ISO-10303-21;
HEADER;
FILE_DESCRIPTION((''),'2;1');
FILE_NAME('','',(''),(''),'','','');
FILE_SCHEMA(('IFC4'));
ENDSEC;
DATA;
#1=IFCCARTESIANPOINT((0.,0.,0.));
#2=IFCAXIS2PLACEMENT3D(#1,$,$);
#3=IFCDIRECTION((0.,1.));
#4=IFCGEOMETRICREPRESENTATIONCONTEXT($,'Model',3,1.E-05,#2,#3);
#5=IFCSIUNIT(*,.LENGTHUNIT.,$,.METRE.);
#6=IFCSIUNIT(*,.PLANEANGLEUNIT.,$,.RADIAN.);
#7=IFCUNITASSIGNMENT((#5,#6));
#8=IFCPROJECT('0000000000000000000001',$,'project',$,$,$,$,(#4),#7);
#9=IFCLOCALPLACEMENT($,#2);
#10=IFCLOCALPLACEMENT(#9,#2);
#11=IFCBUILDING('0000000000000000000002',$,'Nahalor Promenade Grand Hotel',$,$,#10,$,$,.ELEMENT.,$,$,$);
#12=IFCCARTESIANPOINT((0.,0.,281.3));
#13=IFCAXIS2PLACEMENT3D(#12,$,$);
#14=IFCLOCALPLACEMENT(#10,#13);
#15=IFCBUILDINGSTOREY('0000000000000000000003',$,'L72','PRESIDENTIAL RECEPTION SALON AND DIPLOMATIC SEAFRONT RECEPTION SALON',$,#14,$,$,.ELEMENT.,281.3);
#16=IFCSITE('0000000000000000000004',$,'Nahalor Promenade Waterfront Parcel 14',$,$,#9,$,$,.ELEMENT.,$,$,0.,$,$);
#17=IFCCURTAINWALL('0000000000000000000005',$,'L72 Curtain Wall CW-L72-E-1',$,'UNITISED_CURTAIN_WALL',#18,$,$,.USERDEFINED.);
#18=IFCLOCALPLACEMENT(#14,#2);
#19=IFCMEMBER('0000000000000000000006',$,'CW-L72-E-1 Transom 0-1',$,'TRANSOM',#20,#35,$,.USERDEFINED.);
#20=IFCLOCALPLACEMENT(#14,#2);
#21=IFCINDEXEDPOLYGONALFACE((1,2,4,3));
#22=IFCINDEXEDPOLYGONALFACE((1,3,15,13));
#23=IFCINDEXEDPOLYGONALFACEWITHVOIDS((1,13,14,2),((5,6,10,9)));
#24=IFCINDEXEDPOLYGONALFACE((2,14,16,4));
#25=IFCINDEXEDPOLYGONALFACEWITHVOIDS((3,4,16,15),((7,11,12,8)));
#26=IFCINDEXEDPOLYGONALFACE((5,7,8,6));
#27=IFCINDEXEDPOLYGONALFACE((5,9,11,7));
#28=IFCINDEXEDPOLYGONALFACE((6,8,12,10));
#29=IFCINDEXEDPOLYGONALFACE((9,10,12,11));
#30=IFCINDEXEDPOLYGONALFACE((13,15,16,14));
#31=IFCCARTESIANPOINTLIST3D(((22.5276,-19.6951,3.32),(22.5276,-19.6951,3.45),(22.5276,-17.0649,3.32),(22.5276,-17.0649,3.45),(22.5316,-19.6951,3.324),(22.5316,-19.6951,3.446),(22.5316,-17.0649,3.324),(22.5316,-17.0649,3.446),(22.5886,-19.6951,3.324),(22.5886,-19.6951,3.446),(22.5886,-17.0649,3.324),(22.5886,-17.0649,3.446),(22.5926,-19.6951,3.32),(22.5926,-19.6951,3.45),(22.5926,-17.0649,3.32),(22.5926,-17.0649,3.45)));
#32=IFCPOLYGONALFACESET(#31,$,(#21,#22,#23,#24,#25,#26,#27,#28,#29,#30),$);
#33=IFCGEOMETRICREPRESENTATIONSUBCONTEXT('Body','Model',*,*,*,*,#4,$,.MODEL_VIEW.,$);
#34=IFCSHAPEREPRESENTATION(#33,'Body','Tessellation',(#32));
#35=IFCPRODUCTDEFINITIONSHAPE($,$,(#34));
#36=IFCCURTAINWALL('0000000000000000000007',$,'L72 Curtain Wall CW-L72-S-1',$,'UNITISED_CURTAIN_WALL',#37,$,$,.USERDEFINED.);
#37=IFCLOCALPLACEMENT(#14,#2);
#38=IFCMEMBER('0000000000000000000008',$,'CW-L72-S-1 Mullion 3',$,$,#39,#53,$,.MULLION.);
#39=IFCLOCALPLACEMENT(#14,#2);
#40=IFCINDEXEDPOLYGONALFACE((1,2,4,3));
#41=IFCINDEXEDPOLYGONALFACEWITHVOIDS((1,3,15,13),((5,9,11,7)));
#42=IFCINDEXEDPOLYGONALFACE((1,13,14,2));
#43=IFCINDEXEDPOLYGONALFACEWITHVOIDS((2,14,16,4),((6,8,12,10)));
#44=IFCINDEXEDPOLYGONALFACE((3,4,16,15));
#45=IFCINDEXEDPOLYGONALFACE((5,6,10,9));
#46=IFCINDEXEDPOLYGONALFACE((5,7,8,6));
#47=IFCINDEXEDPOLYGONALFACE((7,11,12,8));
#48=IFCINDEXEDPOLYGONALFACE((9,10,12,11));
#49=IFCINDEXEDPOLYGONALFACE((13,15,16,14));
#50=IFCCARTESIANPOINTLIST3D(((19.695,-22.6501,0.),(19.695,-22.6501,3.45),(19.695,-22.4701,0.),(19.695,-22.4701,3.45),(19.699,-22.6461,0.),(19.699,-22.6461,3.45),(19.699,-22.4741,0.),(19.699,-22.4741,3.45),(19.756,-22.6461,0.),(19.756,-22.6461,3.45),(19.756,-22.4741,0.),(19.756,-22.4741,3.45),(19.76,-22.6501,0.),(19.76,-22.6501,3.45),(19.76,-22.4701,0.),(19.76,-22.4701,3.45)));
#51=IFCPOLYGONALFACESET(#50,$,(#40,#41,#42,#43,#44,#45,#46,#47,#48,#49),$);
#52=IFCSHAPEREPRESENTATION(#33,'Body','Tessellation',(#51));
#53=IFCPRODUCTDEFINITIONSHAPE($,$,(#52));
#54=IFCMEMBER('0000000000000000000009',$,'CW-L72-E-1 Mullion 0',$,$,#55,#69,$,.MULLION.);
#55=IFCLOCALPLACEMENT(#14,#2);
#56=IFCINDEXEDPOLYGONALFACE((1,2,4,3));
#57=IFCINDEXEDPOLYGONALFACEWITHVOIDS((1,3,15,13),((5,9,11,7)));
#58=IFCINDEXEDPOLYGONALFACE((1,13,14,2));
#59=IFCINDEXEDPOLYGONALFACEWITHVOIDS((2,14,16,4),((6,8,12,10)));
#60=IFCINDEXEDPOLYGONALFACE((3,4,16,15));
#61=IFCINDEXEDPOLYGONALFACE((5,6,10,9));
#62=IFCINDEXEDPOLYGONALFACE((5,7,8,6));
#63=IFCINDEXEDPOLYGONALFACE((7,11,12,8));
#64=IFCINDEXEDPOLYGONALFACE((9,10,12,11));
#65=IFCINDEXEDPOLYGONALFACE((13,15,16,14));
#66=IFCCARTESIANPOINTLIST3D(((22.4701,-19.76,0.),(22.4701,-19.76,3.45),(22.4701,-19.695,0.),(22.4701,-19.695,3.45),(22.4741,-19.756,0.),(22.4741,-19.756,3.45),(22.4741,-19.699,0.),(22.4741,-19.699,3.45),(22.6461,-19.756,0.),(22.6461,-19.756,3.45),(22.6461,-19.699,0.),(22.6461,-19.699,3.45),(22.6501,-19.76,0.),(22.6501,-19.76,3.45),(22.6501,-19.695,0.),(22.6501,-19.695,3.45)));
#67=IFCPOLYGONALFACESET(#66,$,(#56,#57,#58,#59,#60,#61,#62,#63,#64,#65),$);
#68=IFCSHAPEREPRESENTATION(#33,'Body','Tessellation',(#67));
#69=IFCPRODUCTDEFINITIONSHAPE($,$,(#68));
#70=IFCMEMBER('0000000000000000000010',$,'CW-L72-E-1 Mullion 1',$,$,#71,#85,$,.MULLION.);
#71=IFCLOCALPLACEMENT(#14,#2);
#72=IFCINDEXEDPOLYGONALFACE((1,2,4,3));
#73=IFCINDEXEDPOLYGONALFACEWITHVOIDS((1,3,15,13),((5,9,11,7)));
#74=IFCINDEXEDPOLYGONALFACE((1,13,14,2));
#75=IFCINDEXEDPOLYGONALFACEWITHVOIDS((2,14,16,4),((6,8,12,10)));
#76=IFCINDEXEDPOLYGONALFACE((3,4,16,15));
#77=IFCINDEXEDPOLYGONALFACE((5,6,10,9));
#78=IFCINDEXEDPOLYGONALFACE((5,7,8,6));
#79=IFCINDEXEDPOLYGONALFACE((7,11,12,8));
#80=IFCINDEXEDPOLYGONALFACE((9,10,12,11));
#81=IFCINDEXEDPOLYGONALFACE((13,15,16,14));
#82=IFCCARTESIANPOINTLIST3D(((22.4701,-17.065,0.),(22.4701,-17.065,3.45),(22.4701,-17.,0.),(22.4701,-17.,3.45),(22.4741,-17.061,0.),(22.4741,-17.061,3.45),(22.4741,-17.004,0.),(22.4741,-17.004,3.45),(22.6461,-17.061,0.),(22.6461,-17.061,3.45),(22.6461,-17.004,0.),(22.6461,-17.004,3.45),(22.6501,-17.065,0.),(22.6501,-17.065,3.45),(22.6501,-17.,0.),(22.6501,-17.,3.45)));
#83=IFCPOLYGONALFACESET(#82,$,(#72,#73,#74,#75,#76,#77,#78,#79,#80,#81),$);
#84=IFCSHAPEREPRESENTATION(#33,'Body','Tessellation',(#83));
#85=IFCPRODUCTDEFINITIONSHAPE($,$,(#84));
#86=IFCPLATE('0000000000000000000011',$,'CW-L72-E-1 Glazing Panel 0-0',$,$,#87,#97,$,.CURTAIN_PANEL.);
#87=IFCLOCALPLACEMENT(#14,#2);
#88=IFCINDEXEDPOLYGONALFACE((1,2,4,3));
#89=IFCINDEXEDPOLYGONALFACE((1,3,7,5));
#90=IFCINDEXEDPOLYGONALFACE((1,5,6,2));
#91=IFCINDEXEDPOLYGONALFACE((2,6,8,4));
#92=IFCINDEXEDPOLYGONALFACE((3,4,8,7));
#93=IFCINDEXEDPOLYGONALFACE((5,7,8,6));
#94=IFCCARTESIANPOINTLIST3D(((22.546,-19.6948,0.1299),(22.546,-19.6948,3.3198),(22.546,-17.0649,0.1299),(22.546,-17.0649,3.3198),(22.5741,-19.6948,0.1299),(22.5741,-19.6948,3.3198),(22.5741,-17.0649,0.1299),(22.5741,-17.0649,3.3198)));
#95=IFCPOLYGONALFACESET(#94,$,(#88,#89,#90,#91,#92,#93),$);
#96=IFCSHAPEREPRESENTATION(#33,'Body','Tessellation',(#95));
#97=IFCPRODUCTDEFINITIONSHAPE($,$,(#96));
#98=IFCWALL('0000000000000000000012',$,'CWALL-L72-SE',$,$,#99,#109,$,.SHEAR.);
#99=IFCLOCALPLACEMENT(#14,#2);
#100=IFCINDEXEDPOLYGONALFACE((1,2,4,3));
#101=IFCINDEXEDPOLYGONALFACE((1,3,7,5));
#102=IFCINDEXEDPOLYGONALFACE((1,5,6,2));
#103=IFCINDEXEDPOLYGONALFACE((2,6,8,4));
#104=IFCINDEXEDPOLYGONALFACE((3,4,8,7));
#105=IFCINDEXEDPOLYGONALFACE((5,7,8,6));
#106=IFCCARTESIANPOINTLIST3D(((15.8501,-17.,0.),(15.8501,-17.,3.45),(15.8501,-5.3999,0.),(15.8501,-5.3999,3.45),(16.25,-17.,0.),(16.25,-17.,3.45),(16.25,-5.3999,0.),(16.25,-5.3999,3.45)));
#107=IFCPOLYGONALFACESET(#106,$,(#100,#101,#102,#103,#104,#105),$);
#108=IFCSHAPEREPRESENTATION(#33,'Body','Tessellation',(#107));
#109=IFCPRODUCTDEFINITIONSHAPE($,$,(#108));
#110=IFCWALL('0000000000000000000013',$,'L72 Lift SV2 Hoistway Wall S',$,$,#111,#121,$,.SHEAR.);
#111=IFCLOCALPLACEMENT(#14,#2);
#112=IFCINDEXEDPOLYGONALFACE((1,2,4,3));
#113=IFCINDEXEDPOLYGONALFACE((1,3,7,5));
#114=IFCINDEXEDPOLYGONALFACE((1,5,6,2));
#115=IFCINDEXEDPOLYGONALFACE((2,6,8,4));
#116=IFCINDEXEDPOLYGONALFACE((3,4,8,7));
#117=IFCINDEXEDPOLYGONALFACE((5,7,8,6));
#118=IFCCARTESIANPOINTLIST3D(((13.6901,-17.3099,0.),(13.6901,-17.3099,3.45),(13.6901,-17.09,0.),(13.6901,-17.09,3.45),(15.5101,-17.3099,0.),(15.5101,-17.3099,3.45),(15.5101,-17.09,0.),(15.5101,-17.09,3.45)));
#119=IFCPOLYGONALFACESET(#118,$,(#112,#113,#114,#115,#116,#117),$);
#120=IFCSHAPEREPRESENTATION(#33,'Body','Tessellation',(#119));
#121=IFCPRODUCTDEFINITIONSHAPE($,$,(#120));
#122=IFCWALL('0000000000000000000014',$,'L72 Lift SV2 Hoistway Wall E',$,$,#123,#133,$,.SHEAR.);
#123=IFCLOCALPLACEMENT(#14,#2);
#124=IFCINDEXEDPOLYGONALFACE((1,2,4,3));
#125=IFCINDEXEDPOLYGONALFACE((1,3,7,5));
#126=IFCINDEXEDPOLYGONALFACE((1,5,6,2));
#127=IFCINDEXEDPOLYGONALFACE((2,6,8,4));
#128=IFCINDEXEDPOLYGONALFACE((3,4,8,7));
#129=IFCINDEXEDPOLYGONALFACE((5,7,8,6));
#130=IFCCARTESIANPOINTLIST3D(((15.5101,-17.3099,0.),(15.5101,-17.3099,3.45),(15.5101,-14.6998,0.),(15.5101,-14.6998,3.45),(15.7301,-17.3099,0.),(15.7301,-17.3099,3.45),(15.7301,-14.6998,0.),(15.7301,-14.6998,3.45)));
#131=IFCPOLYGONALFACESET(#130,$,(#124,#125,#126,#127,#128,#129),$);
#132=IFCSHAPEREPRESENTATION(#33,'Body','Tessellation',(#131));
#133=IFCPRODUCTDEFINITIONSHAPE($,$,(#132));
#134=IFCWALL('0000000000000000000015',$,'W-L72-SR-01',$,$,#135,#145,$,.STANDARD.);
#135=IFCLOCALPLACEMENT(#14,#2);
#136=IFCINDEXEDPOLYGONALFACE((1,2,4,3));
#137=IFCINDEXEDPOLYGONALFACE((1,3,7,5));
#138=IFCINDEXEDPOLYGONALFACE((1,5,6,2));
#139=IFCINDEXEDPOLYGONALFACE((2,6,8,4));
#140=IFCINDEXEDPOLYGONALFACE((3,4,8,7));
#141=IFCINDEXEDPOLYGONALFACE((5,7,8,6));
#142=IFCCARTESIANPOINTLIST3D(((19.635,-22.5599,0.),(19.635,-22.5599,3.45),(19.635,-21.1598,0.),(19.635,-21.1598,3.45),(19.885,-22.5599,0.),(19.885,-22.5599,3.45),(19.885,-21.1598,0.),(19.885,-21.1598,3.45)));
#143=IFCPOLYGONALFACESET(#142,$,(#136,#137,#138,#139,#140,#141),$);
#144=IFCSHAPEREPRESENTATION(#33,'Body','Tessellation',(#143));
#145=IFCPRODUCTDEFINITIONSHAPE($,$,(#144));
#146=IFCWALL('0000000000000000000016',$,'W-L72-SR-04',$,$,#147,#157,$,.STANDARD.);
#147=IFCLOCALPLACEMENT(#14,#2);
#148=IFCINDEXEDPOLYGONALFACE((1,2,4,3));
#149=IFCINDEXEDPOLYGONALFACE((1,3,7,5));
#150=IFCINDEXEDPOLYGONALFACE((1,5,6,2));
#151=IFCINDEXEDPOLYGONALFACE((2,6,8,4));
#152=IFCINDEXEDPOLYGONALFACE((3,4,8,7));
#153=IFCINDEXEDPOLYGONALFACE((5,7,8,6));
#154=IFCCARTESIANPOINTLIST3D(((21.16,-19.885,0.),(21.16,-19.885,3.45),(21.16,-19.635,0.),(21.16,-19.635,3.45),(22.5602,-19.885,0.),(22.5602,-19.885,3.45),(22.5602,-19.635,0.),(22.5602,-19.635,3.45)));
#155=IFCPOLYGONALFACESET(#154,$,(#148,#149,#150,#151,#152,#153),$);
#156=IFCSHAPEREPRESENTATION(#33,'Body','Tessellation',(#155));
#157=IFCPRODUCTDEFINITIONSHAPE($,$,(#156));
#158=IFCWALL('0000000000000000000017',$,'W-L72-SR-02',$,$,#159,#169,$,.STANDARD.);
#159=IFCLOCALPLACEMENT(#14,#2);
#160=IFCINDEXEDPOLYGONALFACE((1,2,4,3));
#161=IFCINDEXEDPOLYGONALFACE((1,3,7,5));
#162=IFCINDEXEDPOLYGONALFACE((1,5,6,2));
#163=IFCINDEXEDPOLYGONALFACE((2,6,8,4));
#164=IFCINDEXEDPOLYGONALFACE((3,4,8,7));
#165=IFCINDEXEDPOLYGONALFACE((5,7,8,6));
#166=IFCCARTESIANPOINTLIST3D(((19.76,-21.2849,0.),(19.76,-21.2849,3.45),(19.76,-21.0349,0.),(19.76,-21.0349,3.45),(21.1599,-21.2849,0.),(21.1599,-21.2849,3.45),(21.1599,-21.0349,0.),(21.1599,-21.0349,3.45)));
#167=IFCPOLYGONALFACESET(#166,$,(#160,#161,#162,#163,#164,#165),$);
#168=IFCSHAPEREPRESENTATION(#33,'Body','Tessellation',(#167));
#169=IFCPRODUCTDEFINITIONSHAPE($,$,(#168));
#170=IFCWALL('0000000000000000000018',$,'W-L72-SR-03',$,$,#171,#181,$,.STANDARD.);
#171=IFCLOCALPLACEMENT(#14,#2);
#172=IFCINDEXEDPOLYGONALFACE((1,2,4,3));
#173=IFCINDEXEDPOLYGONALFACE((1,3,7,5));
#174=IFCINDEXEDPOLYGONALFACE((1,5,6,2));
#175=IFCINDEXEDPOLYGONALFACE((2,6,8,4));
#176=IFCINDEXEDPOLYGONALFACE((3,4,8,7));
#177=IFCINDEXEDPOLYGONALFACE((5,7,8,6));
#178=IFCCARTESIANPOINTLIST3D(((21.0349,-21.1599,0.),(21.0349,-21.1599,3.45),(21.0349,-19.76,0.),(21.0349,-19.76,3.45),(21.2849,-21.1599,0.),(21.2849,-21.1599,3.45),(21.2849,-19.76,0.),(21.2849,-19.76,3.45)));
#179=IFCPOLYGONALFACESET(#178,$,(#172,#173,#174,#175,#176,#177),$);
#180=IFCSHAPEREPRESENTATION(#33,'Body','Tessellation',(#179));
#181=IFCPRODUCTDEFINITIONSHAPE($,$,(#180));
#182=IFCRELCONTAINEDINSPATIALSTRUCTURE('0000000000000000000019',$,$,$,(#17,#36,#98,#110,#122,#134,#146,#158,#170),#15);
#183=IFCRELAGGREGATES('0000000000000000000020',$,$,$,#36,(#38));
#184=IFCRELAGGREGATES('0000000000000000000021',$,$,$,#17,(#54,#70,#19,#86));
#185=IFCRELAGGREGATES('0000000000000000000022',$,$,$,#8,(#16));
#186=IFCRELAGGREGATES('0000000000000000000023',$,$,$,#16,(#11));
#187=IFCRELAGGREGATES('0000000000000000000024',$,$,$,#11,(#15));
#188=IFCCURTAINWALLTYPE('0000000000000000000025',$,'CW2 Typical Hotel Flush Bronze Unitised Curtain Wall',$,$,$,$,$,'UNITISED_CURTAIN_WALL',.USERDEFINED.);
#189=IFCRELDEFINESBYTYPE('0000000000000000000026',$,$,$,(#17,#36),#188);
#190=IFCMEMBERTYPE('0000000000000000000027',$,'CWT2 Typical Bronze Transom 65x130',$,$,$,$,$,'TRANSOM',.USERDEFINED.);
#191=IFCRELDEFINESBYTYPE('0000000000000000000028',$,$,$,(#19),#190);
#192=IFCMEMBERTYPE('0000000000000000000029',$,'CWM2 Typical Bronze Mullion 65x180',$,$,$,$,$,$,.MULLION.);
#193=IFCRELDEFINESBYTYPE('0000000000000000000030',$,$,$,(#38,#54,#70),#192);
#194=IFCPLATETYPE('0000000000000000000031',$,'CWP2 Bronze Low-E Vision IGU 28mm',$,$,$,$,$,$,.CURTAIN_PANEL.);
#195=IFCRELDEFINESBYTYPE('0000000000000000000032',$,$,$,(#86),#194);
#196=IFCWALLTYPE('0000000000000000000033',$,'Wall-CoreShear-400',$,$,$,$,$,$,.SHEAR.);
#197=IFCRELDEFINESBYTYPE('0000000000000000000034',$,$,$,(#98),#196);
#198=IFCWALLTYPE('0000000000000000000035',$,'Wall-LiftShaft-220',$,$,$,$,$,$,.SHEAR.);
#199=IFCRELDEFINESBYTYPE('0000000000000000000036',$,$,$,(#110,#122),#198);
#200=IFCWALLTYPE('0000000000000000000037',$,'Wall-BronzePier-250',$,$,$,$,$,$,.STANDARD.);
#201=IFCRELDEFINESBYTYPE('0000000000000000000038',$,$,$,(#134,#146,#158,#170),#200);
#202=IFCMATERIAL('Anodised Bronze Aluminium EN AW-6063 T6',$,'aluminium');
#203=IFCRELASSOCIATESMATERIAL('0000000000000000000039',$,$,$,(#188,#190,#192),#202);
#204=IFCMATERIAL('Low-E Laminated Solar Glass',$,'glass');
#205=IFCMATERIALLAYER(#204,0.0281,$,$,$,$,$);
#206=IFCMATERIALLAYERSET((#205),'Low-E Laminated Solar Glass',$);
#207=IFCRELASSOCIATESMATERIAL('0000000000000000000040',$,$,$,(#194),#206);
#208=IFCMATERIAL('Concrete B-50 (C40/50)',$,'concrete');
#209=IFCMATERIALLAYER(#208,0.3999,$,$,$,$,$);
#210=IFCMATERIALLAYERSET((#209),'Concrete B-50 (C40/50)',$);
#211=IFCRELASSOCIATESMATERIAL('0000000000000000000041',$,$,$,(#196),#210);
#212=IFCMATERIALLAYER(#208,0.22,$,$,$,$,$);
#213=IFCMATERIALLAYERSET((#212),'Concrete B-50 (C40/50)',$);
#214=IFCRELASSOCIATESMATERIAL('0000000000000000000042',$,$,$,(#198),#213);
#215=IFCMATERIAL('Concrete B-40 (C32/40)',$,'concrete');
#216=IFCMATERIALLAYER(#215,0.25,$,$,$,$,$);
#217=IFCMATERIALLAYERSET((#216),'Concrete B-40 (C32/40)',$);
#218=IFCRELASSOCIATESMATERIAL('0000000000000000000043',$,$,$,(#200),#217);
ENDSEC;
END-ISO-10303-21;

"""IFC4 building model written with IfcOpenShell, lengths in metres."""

from ifc_helpers import new_model, si_unit, direction, frame, frame_2d, origin, origin_2d, place, context, subcontext, project, spatial, rectangle, hollow_rectangle, extrude, source, transform, mapped, material, layer, layer_set, material_profile, profile_set, type_object, element, aggregate, save


model = new_model("IFC4")

# Units and contexts
model_context = context("Model", 3, precision=1e-05, world=origin(), true_north=direction((0.0, 1.0)))
body_context = subcontext(model_context, "Body", "Model", "MODEL_VIEW")
ifc_project = project(units=[si_unit("LENGTHUNIT", "METRE"), si_unit("PLANEANGLEUNIT", "RADIAN")], contexts=[model_context])

# Site, building, storey
site_placement = place(None, origin())
site = spatial("IfcSite", under=ifc_project, at=site_placement, Name="Nahalor Promenade Waterfront Parcel 14", CompositionType="ELEMENT", RefElevation=0.0)
building_placement = place(site_placement, origin())
building = spatial("IfcBuilding", under=site, at=building_placement, Name="Nahalor Promenade Grand Hotel", CompositionType="ELEMENT")
storey_placement = place(building_placement, frame((0.0, 0.0, 281.3)))
storey = spatial("IfcBuildingStorey", under=building, at=storey_placement, Name="L72", Description="PRESIDENTIAL RECEPTION SALON AND DIPLOMATIC SEAFRONT RECEPTION SALON", CompositionType="ELEMENT", Elevation=281.3)

# Shared definitions
ifc_material_1 = material(Name="Concrete B-50 (C40/50)", Category="concrete")

# Curtain wall, member
ifc_material_2 = material(Name="Anodised Bronze Aluminium EN AW-6063 T6", Category="aluminium")
curtain_wall_type = type_object("IfcCurtainWallType", Name="CW2 Typical Hotel Flush Bronze Unitised Curtain Wall", ElementType="UNITISED_CURTAIN_WALL", PredefinedType="USERDEFINED", material=ifc_material_2)
curtain_wall_1_placement = place(storey_placement, origin())
curtain_wall_1 = element("IfcCurtainWall", 1, at=curtain_wall_1_placement, inside=storey, type_object=curtain_wall_type, Name="L72 Curtain Wall CW-L72-E-1", ObjectType="UNITISED_CURTAIN_WALL", PredefinedType="USERDEFINED")
ifc_material_profile_1 = material_profile(ifc_material_2, hollow_rectangle(XDim=0.065, YDim=0.13, WallThickness=0.004, at=origin_2d()), Name="CWT 65x130x4")
ifc_profile_set_1 = profile_set([ifc_material_profile_1], Name="Anodised Bronze Aluminium EN AW-6063 T6")
member_type_1 = type_object("IfcMemberType", Name="CWT2 Typical Bronze Transom 65x130", ElementType="TRANSOM", PredefinedType="USERDEFINED", material=ifc_profile_set_1)
shared_shape_1 = source(origin(), body_context, "Body", "SweptSolid", [
    extrude(hollow_rectangle(XDim=0.065, YDim=0.13, WallThickness=0.004, at=origin_2d()), origin(), (0.0, 0.0, 1.0), 2.6301),
])
member_1_placement = place(storey_placement, frame((22.5601, -19.6951, 3.385), z_axis=(0.0, 1.0, 0.0), x_axis=(-1.0, 0.0, 0.0)))
member_1 = element("IfcMember", 2, at=member_1_placement, type_object=member_type_1, Name="CW-L72-E-1 Transom 0-1", ObjectType="TRANSOM", PredefinedType="USERDEFINED", context=body_context, shape_type="MappedRepresentation", body=[
    mapped(shared_shape_1, transform((0.0, 0.0, 0.0), scale=1.0)),
])

# Curtain wall, member
curtain_wall_2_placement = place(storey_placement, origin())
curtain_wall_2 = element("IfcCurtainWall", 3, at=curtain_wall_2_placement, inside=storey, type_object=curtain_wall_type, Name="L72 Curtain Wall CW-L72-S-1", ObjectType="UNITISED_CURTAIN_WALL", PredefinedType="USERDEFINED")
ifc_material_profile_2 = material_profile(ifc_material_2, hollow_rectangle(XDim=0.065, YDim=0.18, WallThickness=0.004, at=origin_2d()), Name="CWM 65x180x4")
ifc_profile_set_2 = profile_set([ifc_material_profile_2], Name="Anodised Bronze Aluminium EN AW-6063 T6")
member_type_2 = type_object("IfcMemberType", Name="CWM2 Typical Bronze Mullion 65x180", PredefinedType="MULLION", material=ifc_profile_set_2)
shared_shape_2 = source(origin(), body_context, "Body", "SweptSolid", [
    extrude(hollow_rectangle(XDim=0.065, YDim=0.18, WallThickness=0.004, at=origin_2d()), origin(), (0.0, 0.0, 1.0), 3.45),
])
member_2_placement = place(storey_placement, frame((19.7275, -22.5601, 0.0), z_axis=(0.0, 0.0, 1.0), x_axis=(1.0, 0.0, 0.0)))
member_2 = element("IfcMember", 4, at=member_2_placement, type_object=member_type_2, Name="CW-L72-S-1 Mullion 3", PredefinedType="MULLION", context=body_context, shape_type="MappedRepresentation", body=[
    mapped(shared_shape_2, transform((0.0, 0.0, 0.0), scale=1.0)),
])
aggregate(curtain_wall_2, [member_2])

# Members
member_3_placement = place(storey_placement, frame((22.5601, -19.7275, 0.0), z_axis=(0.0, 0.0, 1.0), x_axis=(0.0, 1.0, 0.0)))
member_3 = element("IfcMember", 5, at=member_3_placement, type_object=member_type_2, Name="CW-L72-E-1 Mullion 0", PredefinedType="MULLION", context=body_context, shape_type="MappedRepresentation", body=[
    mapped(shared_shape_2, transform((0.0, 0.0, 0.0), scale=1.0)),
])
member_4_placement = place(storey_placement, frame((22.5601, -17.0325, 0.0), z_axis=(0.0, 0.0, 1.0), x_axis=(0.0, 1.0, 0.0)))
member_4 = element("IfcMember", 6, at=member_4_placement, type_object=member_type_2, Name="CW-L72-E-1 Mullion 1", PredefinedType="MULLION", context=body_context, shape_type="MappedRepresentation", body=[
    mapped(shared_shape_2, transform((0.0, 0.0, 0.0), scale=1.0)),
])

# Plate
ifc_material_3 = material(Name="Low-E Laminated Solar Glass", Category="glass")
ifc_layer_1 = layer(ifc_material_3, 0.0281)
ifc_layer_set_1 = layer_set([ifc_layer_1], Name="Low-E Laminated Solar Glass")
plate_type = type_object("IfcPlateType", Name="CWP2 Bronze Low-E Vision IGU 28mm", PredefinedType="CURTAIN_PANEL", material=ifc_layer_set_1)
shared_shape_3 = source(origin(), body_context, "Body", "SweptSolid", [
    extrude(rectangle(XDim=2.6299, YDim=0.0281, at=origin_2d()), origin(), (0.0, 0.0, 1.0), 3.1899),
])
plate_placement = place(storey_placement, frame((22.5601, -18.3799, 0.1299), z_axis=(0.0, 0.0, 1.0), x_axis=(0.0, 1.0, 0.0)))
plate = element("IfcPlate", 7, at=plate_placement, type_object=plate_type, Name="CW-L72-E-1 Glazing Panel 0-0", PredefinedType="CURTAIN_PANEL", context=body_context, shape_type="MappedRepresentation", body=[
    mapped(shared_shape_3, transform((0.0, 0.0, 0.0), scale=1.0)),
])
aggregate(curtain_wall_1, [member_3, member_4, member_1, plate])

# Walls
ifc_layer_2 = layer(ifc_material_1, 0.3999)
ifc_layer_set_2 = layer_set([ifc_layer_2], Name="Concrete B-50 (C40/50)")
wall_type_1 = type_object("IfcWallType", Name="Wall-CoreShear-400", PredefinedType="SHEAR", material=ifc_layer_set_2)
shared_shape_4 = source(origin(), body_context, "Body", "SweptSolid", [
    extrude(rectangle(XDim=11.6001, YDim=0.3999, at=frame_2d((5.8, 0.0))), origin(), (0.0, 0.0, 1.0), 3.45),
])
wall_1_placement = place(storey_placement, frame((16.05, -17.0, 0.0), z_axis=(0.0, 0.0, 1.0), x_axis=(0.0, 1.0, 0.0)))
element("IfcWall", 8, at=wall_1_placement, inside=storey, type_object=wall_type_1, Name="CWALL-L72-SE", PredefinedType="SHEAR", context=body_context, shape_type="MappedRepresentation", body=[
    mapped(shared_shape_4, transform((0.0, 0.0, 0.0), scale=1.0)),
])
ifc_layer_3 = layer(ifc_material_1, 0.22)
ifc_layer_set_3 = layer_set([ifc_layer_3], Name="Concrete B-50 (C40/50)")
wall_type_2 = type_object("IfcWallType", Name="Wall-LiftShaft-220", PredefinedType="SHEAR", material=ifc_layer_set_3)
shared_shape_5 = source(origin(), body_context, "Body", "SweptSolid", [
    extrude(rectangle(XDim=1.8201, YDim=0.22, at=frame_2d((0.9102, 0.0))), origin(), (0.0, 0.0, 1.0), 3.45),
])
wall_2_placement = place(storey_placement, frame((13.6899, -17.2, 0.0), z_axis=(0.0, 0.0, 1.0), x_axis=(1.0, 0.0, 0.0)))
element("IfcWall", 9, at=wall_2_placement, inside=storey, type_object=wall_type_2, Name="L72 Lift SV2 Hoistway Wall S", PredefinedType="SHEAR", context=body_context, shape_type="MappedRepresentation", body=[
    mapped(shared_shape_5, transform((0.0, 0.0, 0.0), scale=1.0)),
])
shared_shape_6 = source(origin(), body_context, "Body", "SweptSolid", [
    extrude(rectangle(XDim=2.6101, YDim=0.22, at=frame_2d((1.3052, 0.0))), origin(), (0.0, 0.0, 1.0), 3.45),
])
wall_3_placement = place(storey_placement, frame((15.6201, -17.3101, 0.0), z_axis=(0.0, 0.0, 1.0), x_axis=(0.0, 1.0, 0.0)))
element("IfcWall", 10, at=wall_3_placement, inside=storey, type_object=wall_type_2, Name="L72 Lift SV2 Hoistway Wall E", PredefinedType="SHEAR", context=body_context, shape_type="MappedRepresentation", body=[
    mapped(shared_shape_6, transform((0.0, 0.0, 0.0), scale=1.0)),
])
ifc_material_4 = material(Name="Concrete B-40 (C32/40)", Category="concrete")
ifc_layer_4 = layer(ifc_material_4, 0.25)
ifc_layer_set_4 = layer_set([ifc_layer_4], Name="Concrete B-40 (C32/40)")
wall_type_3 = type_object("IfcWallType", Name="Wall-BronzePier-250", PredefinedType="STANDARD", material=ifc_layer_set_4)
shared_shape_7 = source(origin(), body_context, "Body", "SweptSolid", [
    extrude(rectangle(XDim=1.4001, YDim=0.25, at=frame_2d((0.7002, 0.0))), origin(), (0.0, 0.0, 1.0), 3.45),
])
for number, where, z_axis, x_axis, name in (
    (11, (19.76, -22.5601, 0.0), (0.0, 0.0, 1.0), (0.0, 1.0, 0.0), "W-L72-SR-01"),
    (12, (21.1599, -19.76, 0.0), (0.0, 0.0, 1.0), (1.0, 0.0, 0.0), "W-L72-SR-04"),
):
    element("IfcWall", number, at=place(storey_placement, frame(where, z_axis=z_axis, x_axis=x_axis)), inside=storey, type_object=wall_type_3, Name=name, PredefinedType="STANDARD", context=body_context, shape_type="MappedRepresentation", body=[
        mapped(shared_shape_7, transform((0.0, 0.0, 0.0), scale=1.0)),
    ])
shared_shape_8 = source(origin(), body_context, "Body", "SweptSolid", [
    extrude(rectangle(XDim=1.3999, YDim=0.25, at=frame_2d((0.7, 0.0))), origin(), (0.0, 0.0, 1.0), 3.45),
])
for number, where, z_axis, x_axis, name in (
    (13, (19.76, -21.1599, 0.0), (0.0, 0.0, 1.0), (1.0, 0.0, 0.0), "W-L72-SR-02"),
    (14, (21.1599, -21.1599, 0.0), (0.0, 0.0, 1.0), (0.0, 1.0, 0.0), "W-L72-SR-03"),
):
    element("IfcWall", number, at=place(storey_placement, frame(where, z_axis=z_axis, x_axis=x_axis)), inside=storey, type_object=wall_type_3, Name=name, PredefinedType="STANDARD", context=body_context, shape_type="MappedRepresentation", body=[
        mapped(shared_shape_8, transform((0.0, 0.0, 0.0), scale=1.0)),
    ])

save(model, "model.ifc")
